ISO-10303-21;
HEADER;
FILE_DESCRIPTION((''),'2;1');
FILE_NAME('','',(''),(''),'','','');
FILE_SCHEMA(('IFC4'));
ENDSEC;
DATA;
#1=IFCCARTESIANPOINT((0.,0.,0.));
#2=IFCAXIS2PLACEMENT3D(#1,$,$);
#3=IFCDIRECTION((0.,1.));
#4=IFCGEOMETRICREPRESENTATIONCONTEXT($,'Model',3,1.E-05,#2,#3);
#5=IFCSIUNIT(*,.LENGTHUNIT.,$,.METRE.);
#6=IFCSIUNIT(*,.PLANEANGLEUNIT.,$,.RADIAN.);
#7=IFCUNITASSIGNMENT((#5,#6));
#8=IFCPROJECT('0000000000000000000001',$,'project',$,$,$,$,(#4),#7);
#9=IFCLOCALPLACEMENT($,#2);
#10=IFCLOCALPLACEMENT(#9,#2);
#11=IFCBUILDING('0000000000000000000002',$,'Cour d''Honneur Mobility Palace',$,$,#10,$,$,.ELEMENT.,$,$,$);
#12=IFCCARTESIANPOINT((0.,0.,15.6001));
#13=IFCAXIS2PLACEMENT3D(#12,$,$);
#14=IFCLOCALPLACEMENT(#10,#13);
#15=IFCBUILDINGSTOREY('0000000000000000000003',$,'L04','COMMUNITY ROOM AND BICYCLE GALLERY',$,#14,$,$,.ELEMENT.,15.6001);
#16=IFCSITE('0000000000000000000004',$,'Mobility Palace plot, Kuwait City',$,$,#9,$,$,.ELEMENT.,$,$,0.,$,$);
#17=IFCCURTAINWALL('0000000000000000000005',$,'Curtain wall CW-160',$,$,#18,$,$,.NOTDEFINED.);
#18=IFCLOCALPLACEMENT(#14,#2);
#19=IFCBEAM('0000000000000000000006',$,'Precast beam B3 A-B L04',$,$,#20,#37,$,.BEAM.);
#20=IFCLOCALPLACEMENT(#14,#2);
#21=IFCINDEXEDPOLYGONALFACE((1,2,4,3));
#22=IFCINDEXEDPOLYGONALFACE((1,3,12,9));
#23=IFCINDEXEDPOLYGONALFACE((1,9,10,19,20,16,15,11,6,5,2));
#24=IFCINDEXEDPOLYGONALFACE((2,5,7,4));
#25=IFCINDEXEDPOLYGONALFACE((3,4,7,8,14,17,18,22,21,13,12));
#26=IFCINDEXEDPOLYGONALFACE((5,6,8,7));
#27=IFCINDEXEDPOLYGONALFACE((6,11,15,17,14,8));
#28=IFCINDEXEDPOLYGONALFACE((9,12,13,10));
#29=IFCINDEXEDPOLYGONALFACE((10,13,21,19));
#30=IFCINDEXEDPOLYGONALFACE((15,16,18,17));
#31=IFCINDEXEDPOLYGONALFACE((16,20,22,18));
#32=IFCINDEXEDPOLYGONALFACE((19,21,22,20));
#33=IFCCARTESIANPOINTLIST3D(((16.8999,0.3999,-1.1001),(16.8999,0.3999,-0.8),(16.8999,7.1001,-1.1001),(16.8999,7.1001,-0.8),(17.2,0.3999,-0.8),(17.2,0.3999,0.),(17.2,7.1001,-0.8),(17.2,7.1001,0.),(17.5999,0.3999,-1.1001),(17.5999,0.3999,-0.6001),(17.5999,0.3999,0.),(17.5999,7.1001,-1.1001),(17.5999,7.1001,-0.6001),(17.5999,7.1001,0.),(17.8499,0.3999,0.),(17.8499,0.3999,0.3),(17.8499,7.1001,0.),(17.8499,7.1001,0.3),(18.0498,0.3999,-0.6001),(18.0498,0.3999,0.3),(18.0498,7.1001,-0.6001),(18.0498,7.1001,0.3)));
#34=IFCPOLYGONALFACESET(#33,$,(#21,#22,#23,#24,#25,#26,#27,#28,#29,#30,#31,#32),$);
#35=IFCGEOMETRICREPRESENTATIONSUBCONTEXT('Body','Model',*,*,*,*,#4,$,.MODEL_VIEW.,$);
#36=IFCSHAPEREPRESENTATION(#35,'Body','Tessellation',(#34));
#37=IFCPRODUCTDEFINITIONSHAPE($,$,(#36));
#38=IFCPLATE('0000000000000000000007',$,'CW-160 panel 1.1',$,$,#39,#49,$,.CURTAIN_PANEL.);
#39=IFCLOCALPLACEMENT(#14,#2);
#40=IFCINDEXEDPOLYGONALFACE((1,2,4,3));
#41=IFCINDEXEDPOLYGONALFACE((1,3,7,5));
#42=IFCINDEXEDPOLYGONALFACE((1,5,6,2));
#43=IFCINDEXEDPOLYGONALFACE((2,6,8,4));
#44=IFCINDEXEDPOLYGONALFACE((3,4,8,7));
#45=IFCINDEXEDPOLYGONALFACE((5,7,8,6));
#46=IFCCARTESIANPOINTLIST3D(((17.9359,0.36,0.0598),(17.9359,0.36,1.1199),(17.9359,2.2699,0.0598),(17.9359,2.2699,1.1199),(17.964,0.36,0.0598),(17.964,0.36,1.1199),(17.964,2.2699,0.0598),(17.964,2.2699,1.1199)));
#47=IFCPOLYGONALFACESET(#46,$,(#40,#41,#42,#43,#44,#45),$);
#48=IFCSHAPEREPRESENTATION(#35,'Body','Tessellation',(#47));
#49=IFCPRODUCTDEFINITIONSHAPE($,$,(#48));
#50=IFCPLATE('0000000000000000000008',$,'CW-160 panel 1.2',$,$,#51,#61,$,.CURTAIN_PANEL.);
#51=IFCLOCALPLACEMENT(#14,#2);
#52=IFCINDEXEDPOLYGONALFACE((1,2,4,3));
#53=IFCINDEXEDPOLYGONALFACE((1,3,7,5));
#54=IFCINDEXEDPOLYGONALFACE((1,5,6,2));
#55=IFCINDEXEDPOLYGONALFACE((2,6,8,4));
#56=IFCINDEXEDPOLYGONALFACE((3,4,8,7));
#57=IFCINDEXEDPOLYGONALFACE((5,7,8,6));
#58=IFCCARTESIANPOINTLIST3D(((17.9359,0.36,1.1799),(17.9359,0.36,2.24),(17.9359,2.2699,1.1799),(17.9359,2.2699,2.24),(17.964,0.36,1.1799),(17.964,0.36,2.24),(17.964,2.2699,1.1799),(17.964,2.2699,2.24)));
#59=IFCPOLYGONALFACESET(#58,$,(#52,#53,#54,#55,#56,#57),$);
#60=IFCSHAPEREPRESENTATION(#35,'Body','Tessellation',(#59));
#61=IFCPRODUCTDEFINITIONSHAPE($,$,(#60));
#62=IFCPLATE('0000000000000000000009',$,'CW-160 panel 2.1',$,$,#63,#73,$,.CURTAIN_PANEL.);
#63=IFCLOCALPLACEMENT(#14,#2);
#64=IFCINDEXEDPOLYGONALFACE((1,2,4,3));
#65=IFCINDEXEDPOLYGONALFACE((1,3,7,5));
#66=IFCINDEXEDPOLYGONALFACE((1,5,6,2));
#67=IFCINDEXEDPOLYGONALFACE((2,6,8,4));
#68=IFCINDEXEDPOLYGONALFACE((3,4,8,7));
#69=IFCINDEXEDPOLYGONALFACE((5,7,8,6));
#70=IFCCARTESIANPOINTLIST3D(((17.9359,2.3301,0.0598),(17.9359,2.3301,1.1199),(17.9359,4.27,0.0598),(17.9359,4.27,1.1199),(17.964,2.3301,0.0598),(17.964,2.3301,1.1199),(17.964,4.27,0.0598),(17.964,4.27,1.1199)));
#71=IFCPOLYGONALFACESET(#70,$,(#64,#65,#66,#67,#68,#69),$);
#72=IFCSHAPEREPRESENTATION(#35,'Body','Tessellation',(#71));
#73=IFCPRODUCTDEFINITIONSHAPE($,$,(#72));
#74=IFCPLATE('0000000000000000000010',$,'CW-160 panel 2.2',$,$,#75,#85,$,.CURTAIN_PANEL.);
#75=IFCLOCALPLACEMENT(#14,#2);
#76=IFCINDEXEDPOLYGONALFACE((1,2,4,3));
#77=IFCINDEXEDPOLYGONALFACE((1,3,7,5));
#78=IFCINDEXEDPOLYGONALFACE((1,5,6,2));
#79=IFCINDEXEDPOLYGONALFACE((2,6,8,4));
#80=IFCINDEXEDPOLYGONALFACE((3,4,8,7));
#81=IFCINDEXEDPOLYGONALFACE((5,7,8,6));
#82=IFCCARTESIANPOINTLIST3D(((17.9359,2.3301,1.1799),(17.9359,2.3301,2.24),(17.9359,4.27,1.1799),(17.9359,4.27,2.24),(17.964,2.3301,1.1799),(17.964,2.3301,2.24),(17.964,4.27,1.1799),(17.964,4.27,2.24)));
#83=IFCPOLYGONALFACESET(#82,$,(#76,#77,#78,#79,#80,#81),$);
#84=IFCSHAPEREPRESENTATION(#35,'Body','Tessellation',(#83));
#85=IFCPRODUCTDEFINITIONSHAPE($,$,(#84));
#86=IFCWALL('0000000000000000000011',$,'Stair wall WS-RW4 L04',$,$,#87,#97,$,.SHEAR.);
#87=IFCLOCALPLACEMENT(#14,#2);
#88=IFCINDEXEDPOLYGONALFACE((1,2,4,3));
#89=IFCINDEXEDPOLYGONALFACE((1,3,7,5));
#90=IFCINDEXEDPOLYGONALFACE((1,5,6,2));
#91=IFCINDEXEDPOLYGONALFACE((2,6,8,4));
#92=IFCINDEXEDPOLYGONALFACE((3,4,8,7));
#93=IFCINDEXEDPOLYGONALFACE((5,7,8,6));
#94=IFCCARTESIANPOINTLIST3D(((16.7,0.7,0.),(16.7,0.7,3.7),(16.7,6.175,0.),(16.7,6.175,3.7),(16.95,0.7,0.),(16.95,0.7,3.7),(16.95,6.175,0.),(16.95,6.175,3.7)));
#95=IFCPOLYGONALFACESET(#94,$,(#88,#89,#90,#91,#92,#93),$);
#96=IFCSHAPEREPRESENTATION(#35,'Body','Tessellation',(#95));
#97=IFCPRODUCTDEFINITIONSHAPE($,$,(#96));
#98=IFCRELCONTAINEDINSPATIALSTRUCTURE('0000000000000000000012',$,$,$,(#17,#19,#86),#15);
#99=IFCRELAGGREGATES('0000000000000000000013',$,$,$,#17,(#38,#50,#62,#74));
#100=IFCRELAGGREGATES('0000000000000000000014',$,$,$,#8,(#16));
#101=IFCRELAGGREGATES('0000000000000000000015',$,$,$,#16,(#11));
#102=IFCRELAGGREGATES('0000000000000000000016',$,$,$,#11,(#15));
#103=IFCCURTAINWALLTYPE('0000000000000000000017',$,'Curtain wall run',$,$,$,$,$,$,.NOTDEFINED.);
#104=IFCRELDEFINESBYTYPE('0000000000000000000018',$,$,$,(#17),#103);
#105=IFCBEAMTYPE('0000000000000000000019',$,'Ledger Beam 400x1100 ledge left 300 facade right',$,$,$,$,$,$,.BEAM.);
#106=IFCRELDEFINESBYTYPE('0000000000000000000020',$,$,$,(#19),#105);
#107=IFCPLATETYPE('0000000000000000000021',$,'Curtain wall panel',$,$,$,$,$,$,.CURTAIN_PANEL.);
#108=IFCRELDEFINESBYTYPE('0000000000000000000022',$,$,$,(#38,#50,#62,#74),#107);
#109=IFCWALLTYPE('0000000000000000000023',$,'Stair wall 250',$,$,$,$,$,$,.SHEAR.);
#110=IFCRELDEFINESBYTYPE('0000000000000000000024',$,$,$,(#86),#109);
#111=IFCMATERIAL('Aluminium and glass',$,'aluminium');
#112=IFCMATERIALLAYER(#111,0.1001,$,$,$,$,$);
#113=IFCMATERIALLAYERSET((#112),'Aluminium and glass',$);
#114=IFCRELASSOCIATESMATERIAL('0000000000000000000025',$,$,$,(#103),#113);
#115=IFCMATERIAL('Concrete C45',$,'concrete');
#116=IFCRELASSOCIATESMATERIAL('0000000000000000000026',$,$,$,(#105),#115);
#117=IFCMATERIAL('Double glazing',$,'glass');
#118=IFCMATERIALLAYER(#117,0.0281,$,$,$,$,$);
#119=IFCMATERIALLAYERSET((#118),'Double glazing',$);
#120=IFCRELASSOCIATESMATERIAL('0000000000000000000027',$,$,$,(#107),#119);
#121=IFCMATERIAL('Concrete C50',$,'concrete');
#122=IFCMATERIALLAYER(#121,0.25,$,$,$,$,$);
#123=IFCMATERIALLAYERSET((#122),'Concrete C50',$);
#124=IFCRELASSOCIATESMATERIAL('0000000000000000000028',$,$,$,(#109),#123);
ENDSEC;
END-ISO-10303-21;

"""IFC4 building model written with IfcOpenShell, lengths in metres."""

from ifc_helpers import new_model, si_unit, direction, frame, frame_2d, origin, origin_2d, place, context, subcontext, project, spatial, polyline, rectangle, outline, extrude, material, layer, layer_set, material_profile, profile_set, type_object, element, aggregate, save


model = new_model("IFC4")

# Units and contexts
model_context = context("Model", 3, precision=1e-05, world=origin(), true_north=direction((0.0, 1.0)))
body_context = subcontext(model_context, "Body", "Model", "MODEL_VIEW")
ifc_project = project(units=[si_unit("LENGTHUNIT", "METRE"), si_unit("PLANEANGLEUNIT", "RADIAN")], contexts=[model_context])

# Site, building, storey
site_placement = place(None, origin())
site = spatial("IfcSite", under=ifc_project, at=site_placement, Name="Mobility Palace plot, Kuwait City", CompositionType="ELEMENT", RefElevation=0.0)
building_placement = place(site_placement, origin())
building = spatial("IfcBuilding", under=site, at=building_placement, Name="Cour d'Honneur Mobility Palace", CompositionType="ELEMENT")
storey_placement = place(building_placement, frame((0.0, 0.0, 15.6001)))
storey = spatial("IfcBuildingStorey", under=building, at=storey_placement, Name="L04", Description="COMMUNITY ROOM AND BICYCLE GALLERY", CompositionType="ELEMENT", Elevation=15.6001)

# Shared definitions
ifc_material_1 = material(Name="Aluminium and glass", Category="aluminium")
ifc_layer_1 = layer(ifc_material_1, 0.1001)
ifc_layer_set_1 = layer_set([ifc_layer_1], Name="Aluminium and glass")
curtain_wall_type = type_object("IfcCurtainWallType", Name="Curtain wall run", PredefinedType="NOTDEFINED", material=ifc_layer_set_1)

# Curtain wall
curtain_wall_1_placement = place(storey_placement, origin())
curtain_wall_1 = element("IfcCurtainWall", 1, at=curtain_wall_1_placement, inside=storey, type_object=curtain_wall_type, Name="Curtain wall CW-160", PredefinedType="NOTDEFINED")

# Beam
ifc_material_2 = material(Name="Concrete C45", Category="concrete")
ifc_material_profile_1 = material_profile(ifc_material_2, outline(polyline([(0.5, -1.1001), (0.5, -0.8), (0.2, -0.8), (0.2, 0.0), (-0.2, 0.0), (-0.45, 0.0), (-0.45, 0.3), (-0.6499, 0.3), (-0.6499, -0.6001), (-0.2, -0.6001), (-0.2, -1.1001), (0.5, -1.1001)])), Name="Ledger Beam 400x1100 ledge left 300 facade right")
ifc_profile_set_1 = profile_set([ifc_material_profile_1], Name="Concrete C45")
beam_type = type_object("IfcBeamType", Name="Ledger Beam 400x1100 ledge left 300 facade right", PredefinedType="BEAM", material=ifc_profile_set_1)
beam_placement = place(storey_placement, frame((17.3999, 0.3999, 0.0), z_axis=(0.0, 1.0, 0.0), x_axis=(-1.0, 0.0, 0.0)))
element("IfcBeam", 2, at=beam_placement, inside=storey, type_object=beam_type, Name="Precast beam B3 A-B L04", PredefinedType="BEAM", context=body_context, shape_type="SweptSolid", body=[
    extrude(outline(polyline([(0.5, -1.1001), (0.5, -0.8), (0.2, -0.8), (0.2, 0.0), (-0.2, 0.0), (-0.45, 0.0), (-0.45, 0.3), (-0.6499, 0.3), (-0.6499, -0.6001), (-0.2, -0.6001), (-0.2, -1.1001), (0.5, -1.1001)])), origin(), (0.0, 0.0, 1.0), 6.7002),
])

# Plates
ifc_material_3 = material(Name="Double glazing", Category="glass")
ifc_layer_2 = layer(ifc_material_3, 0.0281)
ifc_layer_set_2 = layer_set([ifc_layer_2], Name="Double glazing")
plate_type = type_object("IfcPlateType", Name="Curtain wall panel", PredefinedType="CURTAIN_PANEL", material=ifc_layer_set_2)
plate_1_placement = place(storey_placement, frame((17.95, 1.3149, 0.0598), z_axis=(0.0, 0.0, 1.0), x_axis=(0.0, 1.0, 0.0)))
plate_1 = element("IfcPlate", 3, at=plate_1_placement, type_object=plate_type, Name="CW-160 panel 1.1", PredefinedType="CURTAIN_PANEL", context=body_context, shape_type="SweptSolid", body=[
    extrude(rectangle(XDim=1.9099, YDim=0.0281, at=origin_2d()), origin(), (0.0, 0.0, 1.0), 1.0601),
])
plate_2_placement = place(storey_placement, frame((17.95, 1.3149, 1.1799), z_axis=(0.0, 0.0, 1.0), x_axis=(0.0, 1.0, 0.0)))
plate_2 = element("IfcPlate", 4, at=plate_2_placement, type_object=plate_type, Name="CW-160 panel 1.2", PredefinedType="CURTAIN_PANEL", context=body_context, shape_type="SweptSolid", body=[
    extrude(rectangle(XDim=1.9099, YDim=0.0281, at=origin_2d()), origin(), (0.0, 0.0, 1.0), 1.0601),
])
plate_3_placement = place(storey_placement, frame((17.95, 3.3, 0.0598), z_axis=(0.0, 0.0, 1.0), x_axis=(0.0, 1.0, 0.0)))
plate_3 = element("IfcPlate", 5, at=plate_3_placement, type_object=plate_type, Name="CW-160 panel 2.1", PredefinedType="CURTAIN_PANEL", context=body_context, shape_type="SweptSolid", body=[
    extrude(rectangle(XDim=1.9399, YDim=0.0281, at=origin_2d()), origin(), (0.0, 0.0, 1.0), 1.0601),
])
plate_4_placement = place(storey_placement, frame((17.95, 3.3, 1.1799), z_axis=(0.0, 0.0, 1.0), x_axis=(0.0, 1.0, 0.0)))
plate_4 = element("IfcPlate", 6, at=plate_4_placement, type_object=plate_type, Name="CW-160 panel 2.2", PredefinedType="CURTAIN_PANEL", context=body_context, shape_type="SweptSolid", body=[
    extrude(rectangle(XDim=1.9399, YDim=0.0281, at=origin_2d()), origin(), (0.0, 0.0, 1.0), 1.0601),
])
aggregate(curtain_wall_1, [plate_1, plate_2, plate_3, plate_4])

# Wall
ifc_material_4 = material(Name="Concrete C50", Category="concrete")
ifc_layer_3 = layer(ifc_material_4, 0.25)
ifc_layer_set_3 = layer_set([ifc_layer_3], Name="Concrete C50")
wall_type = type_object("IfcWallType", Name="Stair wall 250", PredefinedType="SHEAR", material=ifc_layer_set_3)
wall_placement = place(storey_placement, frame((16.825, 0.7, 0.0), z_axis=(0.0, 0.0, 1.0), x_axis=(0.0, 1.0, 0.0)))
element("IfcWall", 7, at=wall_placement, inside=storey, type_object=wall_type, Name="Stair wall WS-RW4 L04", PredefinedType="SHEAR", context=body_context, shape_type="SweptSolid", body=[
    extrude(rectangle(XDim=5.4751, YDim=0.25, at=frame_2d((2.7375, 0.0))), origin(), (0.0, 0.0, 1.0), 3.7),
])

save(model, "model.ifc")
